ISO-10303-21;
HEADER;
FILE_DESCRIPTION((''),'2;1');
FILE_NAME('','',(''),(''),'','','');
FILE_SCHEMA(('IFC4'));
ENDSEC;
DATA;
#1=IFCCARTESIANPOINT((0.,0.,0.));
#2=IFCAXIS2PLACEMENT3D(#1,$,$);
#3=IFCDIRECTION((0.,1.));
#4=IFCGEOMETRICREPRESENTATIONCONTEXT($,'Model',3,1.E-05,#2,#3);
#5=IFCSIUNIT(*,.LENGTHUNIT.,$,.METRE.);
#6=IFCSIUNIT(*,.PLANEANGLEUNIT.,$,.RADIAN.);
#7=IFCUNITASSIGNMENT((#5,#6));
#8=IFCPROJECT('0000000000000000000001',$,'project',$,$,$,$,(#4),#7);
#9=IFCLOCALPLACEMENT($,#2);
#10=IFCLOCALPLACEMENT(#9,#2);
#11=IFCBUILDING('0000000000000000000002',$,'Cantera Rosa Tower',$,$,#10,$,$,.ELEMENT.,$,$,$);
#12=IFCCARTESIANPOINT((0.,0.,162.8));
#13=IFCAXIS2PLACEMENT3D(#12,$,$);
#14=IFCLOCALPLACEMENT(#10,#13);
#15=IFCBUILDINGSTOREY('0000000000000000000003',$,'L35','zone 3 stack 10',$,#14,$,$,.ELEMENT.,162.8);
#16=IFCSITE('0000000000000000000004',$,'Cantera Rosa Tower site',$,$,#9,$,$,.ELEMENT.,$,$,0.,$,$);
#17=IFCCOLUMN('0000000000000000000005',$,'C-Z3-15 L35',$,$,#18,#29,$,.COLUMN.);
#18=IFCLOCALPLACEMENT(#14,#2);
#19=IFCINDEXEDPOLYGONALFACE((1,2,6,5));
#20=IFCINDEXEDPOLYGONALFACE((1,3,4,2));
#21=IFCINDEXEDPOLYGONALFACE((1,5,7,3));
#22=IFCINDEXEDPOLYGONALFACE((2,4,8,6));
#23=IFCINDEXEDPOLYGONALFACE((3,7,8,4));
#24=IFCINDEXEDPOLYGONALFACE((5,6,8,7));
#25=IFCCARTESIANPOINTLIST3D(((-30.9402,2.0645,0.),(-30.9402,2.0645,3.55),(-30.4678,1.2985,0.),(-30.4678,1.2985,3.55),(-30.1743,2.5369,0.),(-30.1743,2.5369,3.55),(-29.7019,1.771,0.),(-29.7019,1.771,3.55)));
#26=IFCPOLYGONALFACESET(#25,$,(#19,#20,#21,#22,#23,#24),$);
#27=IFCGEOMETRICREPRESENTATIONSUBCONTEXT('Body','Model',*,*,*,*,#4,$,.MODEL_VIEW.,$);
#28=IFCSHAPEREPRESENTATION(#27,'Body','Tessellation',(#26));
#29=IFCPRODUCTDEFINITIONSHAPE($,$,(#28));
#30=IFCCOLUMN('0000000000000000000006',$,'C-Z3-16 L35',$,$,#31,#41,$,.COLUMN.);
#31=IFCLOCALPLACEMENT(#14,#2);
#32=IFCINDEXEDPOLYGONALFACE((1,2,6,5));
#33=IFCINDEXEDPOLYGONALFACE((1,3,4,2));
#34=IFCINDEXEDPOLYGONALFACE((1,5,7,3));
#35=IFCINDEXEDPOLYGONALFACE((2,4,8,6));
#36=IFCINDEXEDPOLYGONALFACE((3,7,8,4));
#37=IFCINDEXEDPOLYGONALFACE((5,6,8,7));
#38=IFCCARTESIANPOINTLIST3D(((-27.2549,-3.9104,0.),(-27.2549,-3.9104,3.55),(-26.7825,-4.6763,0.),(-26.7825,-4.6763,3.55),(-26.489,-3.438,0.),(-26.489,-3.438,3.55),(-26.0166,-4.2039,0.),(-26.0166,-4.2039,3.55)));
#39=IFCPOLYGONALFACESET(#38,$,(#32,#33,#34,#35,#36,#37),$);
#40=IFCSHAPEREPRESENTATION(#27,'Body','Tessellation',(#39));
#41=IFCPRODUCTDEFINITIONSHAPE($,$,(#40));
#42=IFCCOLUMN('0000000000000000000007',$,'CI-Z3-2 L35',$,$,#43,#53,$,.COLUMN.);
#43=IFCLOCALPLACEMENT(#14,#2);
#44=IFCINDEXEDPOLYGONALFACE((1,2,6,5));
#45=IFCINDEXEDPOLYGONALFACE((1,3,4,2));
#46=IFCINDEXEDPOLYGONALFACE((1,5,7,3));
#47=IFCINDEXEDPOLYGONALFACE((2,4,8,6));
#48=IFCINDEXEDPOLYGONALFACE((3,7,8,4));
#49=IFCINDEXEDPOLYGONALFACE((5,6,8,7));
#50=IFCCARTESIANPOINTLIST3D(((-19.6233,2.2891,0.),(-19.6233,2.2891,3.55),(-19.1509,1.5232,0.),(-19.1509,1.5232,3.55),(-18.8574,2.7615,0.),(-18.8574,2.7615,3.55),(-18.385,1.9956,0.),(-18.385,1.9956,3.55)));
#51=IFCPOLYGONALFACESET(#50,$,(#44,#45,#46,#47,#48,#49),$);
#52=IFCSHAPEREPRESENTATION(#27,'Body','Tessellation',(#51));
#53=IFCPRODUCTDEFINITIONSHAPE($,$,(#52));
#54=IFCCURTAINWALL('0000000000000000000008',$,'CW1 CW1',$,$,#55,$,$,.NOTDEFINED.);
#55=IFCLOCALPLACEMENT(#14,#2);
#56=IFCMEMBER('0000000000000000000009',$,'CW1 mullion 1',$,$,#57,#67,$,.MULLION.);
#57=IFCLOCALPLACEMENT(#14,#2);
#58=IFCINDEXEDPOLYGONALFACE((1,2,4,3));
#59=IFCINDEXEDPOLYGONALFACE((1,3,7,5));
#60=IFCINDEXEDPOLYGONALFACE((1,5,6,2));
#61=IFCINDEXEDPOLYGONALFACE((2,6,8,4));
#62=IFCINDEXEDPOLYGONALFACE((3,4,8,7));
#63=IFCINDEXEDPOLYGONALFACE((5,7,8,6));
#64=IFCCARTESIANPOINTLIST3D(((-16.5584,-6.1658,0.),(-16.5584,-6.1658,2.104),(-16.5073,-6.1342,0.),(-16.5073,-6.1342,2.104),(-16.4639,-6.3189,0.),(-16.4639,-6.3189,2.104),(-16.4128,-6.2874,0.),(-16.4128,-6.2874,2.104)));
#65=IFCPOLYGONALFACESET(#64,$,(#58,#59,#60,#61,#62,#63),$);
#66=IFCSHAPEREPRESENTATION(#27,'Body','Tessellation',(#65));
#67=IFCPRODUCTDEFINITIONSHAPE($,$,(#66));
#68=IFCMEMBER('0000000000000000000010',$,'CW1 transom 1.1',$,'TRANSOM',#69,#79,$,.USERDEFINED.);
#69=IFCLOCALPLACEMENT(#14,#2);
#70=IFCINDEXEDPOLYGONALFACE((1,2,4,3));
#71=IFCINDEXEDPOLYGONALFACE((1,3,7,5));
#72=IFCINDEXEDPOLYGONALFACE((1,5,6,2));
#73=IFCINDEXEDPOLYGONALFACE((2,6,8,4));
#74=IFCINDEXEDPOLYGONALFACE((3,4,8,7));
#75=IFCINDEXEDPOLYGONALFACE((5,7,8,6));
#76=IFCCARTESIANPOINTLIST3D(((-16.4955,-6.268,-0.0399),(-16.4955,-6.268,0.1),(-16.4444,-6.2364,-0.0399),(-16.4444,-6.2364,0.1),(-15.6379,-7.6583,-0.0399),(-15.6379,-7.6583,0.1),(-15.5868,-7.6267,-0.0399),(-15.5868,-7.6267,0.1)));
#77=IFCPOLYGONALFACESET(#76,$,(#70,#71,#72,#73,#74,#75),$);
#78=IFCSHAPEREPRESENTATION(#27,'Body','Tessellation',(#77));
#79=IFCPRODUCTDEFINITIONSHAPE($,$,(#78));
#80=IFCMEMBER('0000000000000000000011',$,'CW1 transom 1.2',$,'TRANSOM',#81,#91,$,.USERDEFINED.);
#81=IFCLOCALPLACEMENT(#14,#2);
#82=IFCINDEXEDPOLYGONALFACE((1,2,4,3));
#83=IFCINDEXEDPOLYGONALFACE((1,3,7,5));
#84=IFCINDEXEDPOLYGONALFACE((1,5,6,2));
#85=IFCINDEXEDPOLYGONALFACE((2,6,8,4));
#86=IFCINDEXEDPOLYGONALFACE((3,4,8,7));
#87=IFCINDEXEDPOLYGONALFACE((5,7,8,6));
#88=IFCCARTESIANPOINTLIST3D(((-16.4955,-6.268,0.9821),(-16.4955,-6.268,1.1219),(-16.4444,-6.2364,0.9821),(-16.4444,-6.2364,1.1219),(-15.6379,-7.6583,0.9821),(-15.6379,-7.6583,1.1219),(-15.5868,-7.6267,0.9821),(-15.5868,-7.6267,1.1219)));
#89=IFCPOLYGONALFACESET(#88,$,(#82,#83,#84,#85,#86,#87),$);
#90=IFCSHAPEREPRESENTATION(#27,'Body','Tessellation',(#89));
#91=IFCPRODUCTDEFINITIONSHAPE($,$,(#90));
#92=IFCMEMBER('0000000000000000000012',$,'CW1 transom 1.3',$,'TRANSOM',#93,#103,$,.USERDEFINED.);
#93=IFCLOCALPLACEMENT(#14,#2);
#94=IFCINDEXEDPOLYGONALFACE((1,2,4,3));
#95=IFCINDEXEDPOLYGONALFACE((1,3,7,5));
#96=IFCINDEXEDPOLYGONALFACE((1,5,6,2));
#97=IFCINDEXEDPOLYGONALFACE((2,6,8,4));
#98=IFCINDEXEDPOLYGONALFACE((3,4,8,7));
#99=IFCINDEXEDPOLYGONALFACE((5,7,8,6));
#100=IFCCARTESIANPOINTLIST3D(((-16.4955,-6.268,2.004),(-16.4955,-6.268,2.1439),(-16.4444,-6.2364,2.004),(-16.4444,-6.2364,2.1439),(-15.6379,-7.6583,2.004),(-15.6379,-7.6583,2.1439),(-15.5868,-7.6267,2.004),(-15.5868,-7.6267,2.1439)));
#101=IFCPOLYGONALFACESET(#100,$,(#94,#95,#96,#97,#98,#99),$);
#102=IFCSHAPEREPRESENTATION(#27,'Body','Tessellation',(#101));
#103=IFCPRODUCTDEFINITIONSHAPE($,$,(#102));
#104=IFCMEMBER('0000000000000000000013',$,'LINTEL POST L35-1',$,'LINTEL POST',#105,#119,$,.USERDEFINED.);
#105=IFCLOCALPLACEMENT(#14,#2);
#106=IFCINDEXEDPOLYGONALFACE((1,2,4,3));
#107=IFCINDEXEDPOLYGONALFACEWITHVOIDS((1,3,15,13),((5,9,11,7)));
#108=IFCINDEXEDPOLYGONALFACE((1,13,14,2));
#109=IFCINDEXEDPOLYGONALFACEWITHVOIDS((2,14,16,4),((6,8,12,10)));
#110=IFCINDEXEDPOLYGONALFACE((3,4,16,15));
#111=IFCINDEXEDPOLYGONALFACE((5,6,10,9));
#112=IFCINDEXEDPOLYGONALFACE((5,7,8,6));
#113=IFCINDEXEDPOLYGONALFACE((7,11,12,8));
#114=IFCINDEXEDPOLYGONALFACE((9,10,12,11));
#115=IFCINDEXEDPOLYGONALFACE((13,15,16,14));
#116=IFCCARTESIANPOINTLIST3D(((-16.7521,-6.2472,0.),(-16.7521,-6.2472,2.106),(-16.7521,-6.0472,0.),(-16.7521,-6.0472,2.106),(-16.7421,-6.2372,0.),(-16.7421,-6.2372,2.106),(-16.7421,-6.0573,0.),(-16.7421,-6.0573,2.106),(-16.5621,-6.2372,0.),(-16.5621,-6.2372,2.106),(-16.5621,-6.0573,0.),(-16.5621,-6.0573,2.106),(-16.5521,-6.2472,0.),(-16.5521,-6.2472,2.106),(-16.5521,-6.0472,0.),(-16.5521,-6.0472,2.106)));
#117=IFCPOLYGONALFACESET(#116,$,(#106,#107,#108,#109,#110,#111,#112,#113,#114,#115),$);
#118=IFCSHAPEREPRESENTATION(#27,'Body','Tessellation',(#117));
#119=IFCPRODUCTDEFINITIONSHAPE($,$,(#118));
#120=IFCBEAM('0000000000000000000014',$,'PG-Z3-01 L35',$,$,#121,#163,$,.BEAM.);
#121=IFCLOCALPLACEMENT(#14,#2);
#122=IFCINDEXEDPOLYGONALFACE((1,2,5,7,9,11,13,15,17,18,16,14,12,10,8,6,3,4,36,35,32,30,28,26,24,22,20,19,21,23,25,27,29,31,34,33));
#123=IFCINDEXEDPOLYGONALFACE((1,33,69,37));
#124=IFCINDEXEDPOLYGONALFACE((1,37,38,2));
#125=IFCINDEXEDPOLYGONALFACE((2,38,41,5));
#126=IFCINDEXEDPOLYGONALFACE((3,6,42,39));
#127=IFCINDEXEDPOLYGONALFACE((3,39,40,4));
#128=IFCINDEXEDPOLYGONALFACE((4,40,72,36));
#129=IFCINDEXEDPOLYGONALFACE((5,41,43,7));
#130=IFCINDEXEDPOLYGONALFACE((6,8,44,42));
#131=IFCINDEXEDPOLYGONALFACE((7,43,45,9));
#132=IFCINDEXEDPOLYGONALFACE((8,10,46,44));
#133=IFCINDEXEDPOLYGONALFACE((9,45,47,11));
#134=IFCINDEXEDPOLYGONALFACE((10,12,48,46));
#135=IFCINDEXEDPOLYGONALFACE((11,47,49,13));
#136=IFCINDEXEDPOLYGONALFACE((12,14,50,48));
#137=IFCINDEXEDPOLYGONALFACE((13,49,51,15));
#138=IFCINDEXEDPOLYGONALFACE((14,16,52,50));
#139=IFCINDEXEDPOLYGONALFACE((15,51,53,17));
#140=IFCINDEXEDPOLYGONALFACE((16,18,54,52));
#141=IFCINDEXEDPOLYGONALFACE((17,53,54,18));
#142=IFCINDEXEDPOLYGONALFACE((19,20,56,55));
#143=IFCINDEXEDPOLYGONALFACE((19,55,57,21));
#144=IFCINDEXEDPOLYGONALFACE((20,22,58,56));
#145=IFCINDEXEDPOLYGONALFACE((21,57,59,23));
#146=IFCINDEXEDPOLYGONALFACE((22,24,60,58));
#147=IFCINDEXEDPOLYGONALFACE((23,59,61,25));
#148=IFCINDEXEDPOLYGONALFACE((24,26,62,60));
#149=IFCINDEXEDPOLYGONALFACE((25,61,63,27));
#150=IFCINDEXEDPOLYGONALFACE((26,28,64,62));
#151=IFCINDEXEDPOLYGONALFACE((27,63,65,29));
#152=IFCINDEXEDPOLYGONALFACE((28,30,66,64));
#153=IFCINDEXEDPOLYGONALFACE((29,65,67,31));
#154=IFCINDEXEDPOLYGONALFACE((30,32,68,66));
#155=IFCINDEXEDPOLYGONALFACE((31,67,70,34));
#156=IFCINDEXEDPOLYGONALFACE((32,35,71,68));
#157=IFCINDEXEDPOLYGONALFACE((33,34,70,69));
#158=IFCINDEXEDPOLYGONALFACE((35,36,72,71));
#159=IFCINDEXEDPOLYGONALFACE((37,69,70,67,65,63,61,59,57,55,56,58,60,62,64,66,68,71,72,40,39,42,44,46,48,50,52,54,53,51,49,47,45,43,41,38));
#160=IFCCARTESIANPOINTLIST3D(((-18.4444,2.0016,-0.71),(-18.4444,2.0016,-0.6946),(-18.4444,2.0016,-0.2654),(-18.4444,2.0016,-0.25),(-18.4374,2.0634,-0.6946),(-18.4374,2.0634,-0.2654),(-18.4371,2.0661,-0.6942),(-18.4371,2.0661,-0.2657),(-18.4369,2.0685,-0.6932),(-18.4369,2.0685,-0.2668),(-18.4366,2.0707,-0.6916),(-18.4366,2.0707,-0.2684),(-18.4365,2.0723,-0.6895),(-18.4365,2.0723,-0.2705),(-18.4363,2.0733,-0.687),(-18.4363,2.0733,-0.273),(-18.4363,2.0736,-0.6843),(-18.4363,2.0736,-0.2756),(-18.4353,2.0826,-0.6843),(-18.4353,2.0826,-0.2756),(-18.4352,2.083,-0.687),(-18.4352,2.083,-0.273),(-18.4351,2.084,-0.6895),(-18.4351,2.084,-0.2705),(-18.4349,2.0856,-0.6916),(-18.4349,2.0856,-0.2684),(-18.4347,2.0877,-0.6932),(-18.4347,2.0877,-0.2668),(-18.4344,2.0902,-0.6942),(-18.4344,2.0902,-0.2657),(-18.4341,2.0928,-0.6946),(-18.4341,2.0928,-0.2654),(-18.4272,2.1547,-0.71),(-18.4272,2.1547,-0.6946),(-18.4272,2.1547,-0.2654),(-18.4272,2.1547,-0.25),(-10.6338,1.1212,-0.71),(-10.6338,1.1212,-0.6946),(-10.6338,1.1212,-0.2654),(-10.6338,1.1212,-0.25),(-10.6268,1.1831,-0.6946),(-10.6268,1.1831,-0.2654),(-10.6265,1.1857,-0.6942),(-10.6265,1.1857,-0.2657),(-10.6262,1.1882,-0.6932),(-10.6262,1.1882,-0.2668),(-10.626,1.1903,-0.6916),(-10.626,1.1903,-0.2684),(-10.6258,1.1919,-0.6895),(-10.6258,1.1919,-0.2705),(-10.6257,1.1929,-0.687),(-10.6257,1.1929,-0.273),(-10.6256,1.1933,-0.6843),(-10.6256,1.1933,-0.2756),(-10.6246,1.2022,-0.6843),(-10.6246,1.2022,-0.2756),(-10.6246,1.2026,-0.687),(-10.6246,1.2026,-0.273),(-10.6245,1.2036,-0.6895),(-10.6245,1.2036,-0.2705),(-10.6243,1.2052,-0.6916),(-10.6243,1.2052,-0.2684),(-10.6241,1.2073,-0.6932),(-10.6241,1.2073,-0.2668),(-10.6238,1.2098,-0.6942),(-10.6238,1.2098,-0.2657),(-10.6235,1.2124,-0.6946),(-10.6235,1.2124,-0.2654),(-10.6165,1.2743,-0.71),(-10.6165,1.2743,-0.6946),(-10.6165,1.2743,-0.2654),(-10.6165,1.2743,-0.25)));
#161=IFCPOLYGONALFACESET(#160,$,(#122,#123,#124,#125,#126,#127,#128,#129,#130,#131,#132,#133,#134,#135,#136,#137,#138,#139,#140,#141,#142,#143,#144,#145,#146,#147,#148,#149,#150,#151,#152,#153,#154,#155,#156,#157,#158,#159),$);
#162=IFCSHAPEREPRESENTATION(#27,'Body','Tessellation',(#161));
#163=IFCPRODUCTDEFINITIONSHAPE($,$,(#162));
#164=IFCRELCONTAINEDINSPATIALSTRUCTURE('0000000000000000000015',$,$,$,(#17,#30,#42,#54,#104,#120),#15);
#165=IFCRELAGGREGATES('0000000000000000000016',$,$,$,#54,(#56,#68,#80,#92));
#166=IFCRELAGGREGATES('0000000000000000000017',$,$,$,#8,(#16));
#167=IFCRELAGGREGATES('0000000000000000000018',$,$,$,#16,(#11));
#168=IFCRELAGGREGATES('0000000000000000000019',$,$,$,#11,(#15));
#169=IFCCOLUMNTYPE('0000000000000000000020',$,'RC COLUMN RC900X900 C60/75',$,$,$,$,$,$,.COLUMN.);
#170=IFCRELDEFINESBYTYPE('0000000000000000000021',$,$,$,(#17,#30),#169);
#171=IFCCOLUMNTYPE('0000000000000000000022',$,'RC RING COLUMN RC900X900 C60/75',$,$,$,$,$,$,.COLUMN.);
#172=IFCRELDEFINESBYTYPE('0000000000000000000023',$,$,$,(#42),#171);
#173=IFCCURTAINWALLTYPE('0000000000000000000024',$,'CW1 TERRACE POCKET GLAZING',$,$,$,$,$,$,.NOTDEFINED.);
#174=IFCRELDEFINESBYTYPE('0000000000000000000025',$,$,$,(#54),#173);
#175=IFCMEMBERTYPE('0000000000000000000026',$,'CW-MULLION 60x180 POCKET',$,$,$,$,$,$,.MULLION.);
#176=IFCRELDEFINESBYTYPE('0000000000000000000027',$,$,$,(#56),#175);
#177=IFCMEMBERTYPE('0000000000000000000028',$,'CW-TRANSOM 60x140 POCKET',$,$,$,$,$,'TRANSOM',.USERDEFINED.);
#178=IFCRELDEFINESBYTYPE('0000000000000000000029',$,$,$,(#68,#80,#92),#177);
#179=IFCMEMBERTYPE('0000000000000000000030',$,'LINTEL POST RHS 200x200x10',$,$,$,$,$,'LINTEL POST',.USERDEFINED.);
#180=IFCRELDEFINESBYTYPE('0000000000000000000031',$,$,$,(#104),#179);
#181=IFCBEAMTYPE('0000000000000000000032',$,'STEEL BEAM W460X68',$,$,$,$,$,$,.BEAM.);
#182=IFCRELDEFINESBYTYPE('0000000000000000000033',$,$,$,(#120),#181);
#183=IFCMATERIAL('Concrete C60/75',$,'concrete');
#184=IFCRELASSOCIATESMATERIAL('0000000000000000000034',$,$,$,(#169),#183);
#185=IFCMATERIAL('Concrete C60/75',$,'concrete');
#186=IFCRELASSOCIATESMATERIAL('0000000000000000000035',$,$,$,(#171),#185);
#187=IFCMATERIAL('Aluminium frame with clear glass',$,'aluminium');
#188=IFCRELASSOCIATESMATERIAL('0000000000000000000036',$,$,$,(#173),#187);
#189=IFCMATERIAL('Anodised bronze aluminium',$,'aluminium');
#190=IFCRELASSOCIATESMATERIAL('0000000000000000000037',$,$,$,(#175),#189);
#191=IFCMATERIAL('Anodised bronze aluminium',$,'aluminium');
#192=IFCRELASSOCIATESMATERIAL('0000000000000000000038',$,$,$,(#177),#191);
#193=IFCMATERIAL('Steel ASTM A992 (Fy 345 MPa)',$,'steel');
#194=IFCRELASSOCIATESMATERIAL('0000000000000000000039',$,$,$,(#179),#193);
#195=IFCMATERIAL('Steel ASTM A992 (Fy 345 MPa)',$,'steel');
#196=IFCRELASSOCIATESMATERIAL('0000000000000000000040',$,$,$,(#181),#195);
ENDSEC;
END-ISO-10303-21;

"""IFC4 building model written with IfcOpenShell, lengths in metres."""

from ifc_helpers import new_model, si_unit, direction, frame, origin, origin_2d, place, context, subcontext, project, spatial, rectangle, hollow_rectangle, i_section, extrude, material, material_profile, profile_set, type_object, element, aggregate, save


model = new_model("IFC4")

# Units and contexts
model_context = context("Model", 3, precision=1e-05, world=origin(), true_north=direction((0.0, 1.0)))
body_context = subcontext(model_context, "Body", "Model", "MODEL_VIEW")
ifc_project = project(units=[si_unit("LENGTHUNIT", "METRE"), si_unit("PLANEANGLEUNIT", "RADIAN")], contexts=[model_context])

# Site, building, storey
site_placement = place(None, origin())
site = spatial("IfcSite", under=ifc_project, at=site_placement, Name="Cantera Rosa Tower site", CompositionType="ELEMENT", RefElevation=0.0)
building_placement = place(site_placement, origin())
building = spatial("IfcBuilding", under=site, at=building_placement, Name="Cantera Rosa Tower", CompositionType="ELEMENT")
storey_placement = place(building_placement, frame((0.0, 0.0, 162.8)))
storey = spatial("IfcBuildingStorey", under=building, at=storey_placement, Name="L35", Description="zone 3 stack 10", CompositionType="ELEMENT", Elevation=162.8)

# Columns
ifc_material_1 = material(Name="Concrete C60/75", Category="concrete")
ifc_material_profile_1 = material_profile(ifc_material_1, rectangle(XDim=0.8999, YDim=0.8999, at=origin_2d()), Name="RC COLUMN RC900X900 C60/75")
ifc_profile_set_1 = profile_set([ifc_material_profile_1], Name="Concrete C60/75")
column_type_1 = type_object("IfcColumnType", Name="RC COLUMN RC900X900 C60/75", PredefinedType="COLUMN", material=ifc_profile_set_1)
for number, where, z_axis, x_axis, name in (
    (1, (-30.321, 1.9177, 0.0), (0.0, 0.0, 1.0), (0.851117, 0.524977, 0.0), "C-Z3-15 L35"),
    (2, (-26.6357, -4.0571, 0.0), (0.0, 0.0, 1.0), (0.851117, 0.524977, 0.0), "C-Z3-16 L35"),
):
    element("IfcColumn", number, at=place(storey_placement, frame(where, z_axis=z_axis, x_axis=x_axis)), inside=storey, type_object=column_type_1, Name=name, PredefinedType="COLUMN", context=body_context, shape_type="SweptSolid", body=[
        extrude(rectangle(XDim=0.8999, YDim=0.8999, at=origin_2d()), origin(), (0.0, 0.0, 1.0), 3.55),
    ])
ifc_material_2 = material(Name="Concrete C60/75", Category="concrete")
ifc_material_profile_2 = material_profile(ifc_material_2, rectangle(XDim=0.8999, YDim=0.8999, at=origin_2d()), Name="RC RING COLUMN RC900X900 C60/75")
ifc_profile_set_2 = profile_set([ifc_material_profile_2], Name="Concrete C60/75")
column_type_2 = type_object("IfcColumnType", Name="RC RING COLUMN RC900X900 C60/75", PredefinedType="COLUMN", material=ifc_profile_set_2)
column_placement = place(storey_placement, frame((-19.0042, 2.1423, 0.0), z_axis=(0.0, 0.0, 1.0), x_axis=(0.851117, 0.524977, 0.0)))
element("IfcColumn", 3, at=column_placement, inside=storey, type_object=column_type_2, Name="CI-Z3-2 L35", PredefinedType="COLUMN", context=body_context, shape_type="SweptSolid", body=[
    extrude(rectangle(XDim=0.8999, YDim=0.8999, at=origin_2d()), origin(), (0.0, 0.0, 1.0), 3.55),
])

# Curtain wall, members
ifc_material_3 = material(Name="Aluminium frame with clear glass", Category="aluminium")
curtain_wall_type = type_object("IfcCurtainWallType", Name="CW1 TERRACE POCKET GLAZING", PredefinedType="NOTDEFINED", material=ifc_material_3)
curtain_wall_placement = place(storey_placement, origin())
curtain_wall = element("IfcCurtainWall", 4, at=curtain_wall_placement, inside=storey, type_object=curtain_wall_type, Name="CW1 CW1", PredefinedType="NOTDEFINED")
ifc_material_4 = material(Name="Anodised bronze aluminium", Category="aluminium")
ifc_material_profile_3 = material_profile(ifc_material_4, rectangle(XDim=0.0601, YDim=0.1799, at=origin_2d()), Name="CW-MULLION 60x180 POCKET")
ifc_profile_set_3 = profile_set([ifc_material_profile_3], Name="Anodised bronze aluminium")
member_type_1 = type_object("IfcMemberType", Name="CW-MULLION 60x180 POCKET", PredefinedType="MULLION", material=ifc_profile_set_3)
member_1_placement = place(storey_placement, frame((-16.4856, -6.2266, 0.0), z_axis=(0.0, 0.0, 1.0), x_axis=(0.851117, 0.524977, 0.0)))
member_1 = element("IfcMember", 5, at=member_1_placement, type_object=member_type_1, Name="CW1 mullion 1", PredefinedType="MULLION", context=body_context, shape_type="SweptSolid", body=[
    extrude(rectangle(XDim=0.0601, YDim=0.1799, at=origin_2d()), origin(), (0.0, 0.0, 1.0), 2.104),
])
ifc_material_5 = material(Name="Anodised bronze aluminium", Category="aluminium")
ifc_material_profile_4 = material_profile(ifc_material_5, rectangle(XDim=0.0601, YDim=0.1399, at=origin_2d()), Name="CW-TRANSOM 60x140 POCKET")
ifc_profile_set_4 = profile_set([ifc_material_profile_4], Name="Anodised bronze aluminium")
member_type_2 = type_object("IfcMemberType", Name="CW-TRANSOM 60x140 POCKET", ElementType="TRANSOM", PredefinedType="USERDEFINED", material=ifc_profile_set_4)
member_2_placement = place(storey_placement, frame((-16.47, -6.2522, 0.03), z_axis=(0.525006, -0.851099, 0.0), x_axis=(0.851099, 0.525006, 0.0)))
member_2 = element("IfcMember", 6, at=member_2_placement, type_object=member_type_2, Name="CW1 transom 1.1", ObjectType="TRANSOM", PredefinedType="USERDEFINED", context=body_context, shape_type="SweptSolid", body=[
    extrude(rectangle(XDim=0.0601, YDim=0.1399, at=origin_2d()), origin(), (0.0, 0.0, 1.0), 1.6335),
])
member_3_placement = place(storey_placement, frame((-16.47, -6.2522, 1.052), z_axis=(0.525006, -0.851099, 0.0), x_axis=(0.851099, 0.525006, 0.0)))
member_3 = element("IfcMember", 7, at=member_3_placement, type_object=member_type_2, Name="CW1 transom 1.2", ObjectType="TRANSOM", PredefinedType="USERDEFINED", context=body_context, shape_type="SweptSolid", body=[
    extrude(rectangle(XDim=0.0601, YDim=0.1399, at=origin_2d()), origin(), (0.0, 0.0, 1.0), 1.6335),
])
member_4_placement = place(storey_placement, frame((-16.47, -6.2522, 2.074), z_axis=(0.525006, -0.851099, 0.0), x_axis=(0.851099, 0.525006, 0.0)))
member_4 = element("IfcMember", 8, at=member_4_placement, type_object=member_type_2, Name="CW1 transom 1.3", ObjectType="TRANSOM", PredefinedType="USERDEFINED", context=body_context, shape_type="SweptSolid", body=[
    extrude(rectangle(XDim=0.0601, YDim=0.1399, at=origin_2d()), origin(), (0.0, 0.0, 1.0), 1.6335),
])
aggregate(curtain_wall, [member_1, member_2, member_3, member_4])

# Member
ifc_material_6 = material(Name="Steel ASTM A992 (Fy 345 MPa)", Category="steel")
ifc_material_profile_5 = material_profile(ifc_material_6, hollow_rectangle(XDim=0.2, YDim=0.2, WallThickness=0.01, at=origin_2d()), Name="LINTEL POST RHS 200x200x10")
ifc_profile_set_5 = profile_set([ifc_material_profile_5], Name="Steel ASTM A992 (Fy 345 MPa)")
member_type_3 = type_object("IfcMemberType", Name="LINTEL POST RHS 200x200x10", ElementType="LINTEL POST", PredefinedType="USERDEFINED", material=ifc_profile_set_5)
member_5_placement = place(storey_placement, frame((-16.6521, -6.1472, 0.0), z_axis=(0.0, 0.0, 1.0), x_axis=(1.0, 0.0, 0.0)))
element("IfcMember", 9, at=member_5_placement, inside=storey, type_object=member_type_3, Name="LINTEL POST L35-1", ObjectType="LINTEL POST", PredefinedType="USERDEFINED", context=body_context, shape_type="SweptSolid", body=[
    extrude(hollow_rectangle(XDim=0.2, YDim=0.2, WallThickness=0.01, at=origin_2d()), origin(), (0.0, 0.0, 1.0), 2.106),
])

# Beam
ifc_material_7 = material(Name="Steel ASTM A992 (Fy 345 MPa)", Category="steel")
ifc_material_profile_6 = material_profile(ifc_material_7, i_section(OverallWidth=0.1541, OverallDepth=0.46, WebThickness=0.009, FlangeThickness=0.0154, FilletRadius=0.0103, at=origin_2d()), Name="W460X68")
ifc_profile_set_6 = profile_set([ifc_material_profile_6], Name="Steel ASTM A992 (Fy 345 MPa)")
beam_type_1 = type_object("IfcBeamType", Name="STEEL BEAM W460X68", PredefinedType="BEAM", material=ifc_profile_set_6)
beam_1_placement = place(storey_placement, frame((-18.4358, 2.0781, -0.48), z_axis=(0.993707, -0.112006, 0.0), x_axis=(0.112006, 0.993707, 0.0)))
element("IfcBeam", 10, at=beam_1_placement, inside=storey, type_object=beam_type_1, Name="PG-Z3-01 L35", PredefinedType="BEAM", context=body_context, shape_type="SweptSolid", body=[
    extrude(i_section(OverallWidth=0.1541, OverallDepth=0.46, WebThickness=0.009, FlangeThickness=0.0154, FilletRadius=0.0103, at=origin_2d()), origin(), (0.0, 0.0, 1.0), 7.8601),
])

save(model, "model.ifc")
